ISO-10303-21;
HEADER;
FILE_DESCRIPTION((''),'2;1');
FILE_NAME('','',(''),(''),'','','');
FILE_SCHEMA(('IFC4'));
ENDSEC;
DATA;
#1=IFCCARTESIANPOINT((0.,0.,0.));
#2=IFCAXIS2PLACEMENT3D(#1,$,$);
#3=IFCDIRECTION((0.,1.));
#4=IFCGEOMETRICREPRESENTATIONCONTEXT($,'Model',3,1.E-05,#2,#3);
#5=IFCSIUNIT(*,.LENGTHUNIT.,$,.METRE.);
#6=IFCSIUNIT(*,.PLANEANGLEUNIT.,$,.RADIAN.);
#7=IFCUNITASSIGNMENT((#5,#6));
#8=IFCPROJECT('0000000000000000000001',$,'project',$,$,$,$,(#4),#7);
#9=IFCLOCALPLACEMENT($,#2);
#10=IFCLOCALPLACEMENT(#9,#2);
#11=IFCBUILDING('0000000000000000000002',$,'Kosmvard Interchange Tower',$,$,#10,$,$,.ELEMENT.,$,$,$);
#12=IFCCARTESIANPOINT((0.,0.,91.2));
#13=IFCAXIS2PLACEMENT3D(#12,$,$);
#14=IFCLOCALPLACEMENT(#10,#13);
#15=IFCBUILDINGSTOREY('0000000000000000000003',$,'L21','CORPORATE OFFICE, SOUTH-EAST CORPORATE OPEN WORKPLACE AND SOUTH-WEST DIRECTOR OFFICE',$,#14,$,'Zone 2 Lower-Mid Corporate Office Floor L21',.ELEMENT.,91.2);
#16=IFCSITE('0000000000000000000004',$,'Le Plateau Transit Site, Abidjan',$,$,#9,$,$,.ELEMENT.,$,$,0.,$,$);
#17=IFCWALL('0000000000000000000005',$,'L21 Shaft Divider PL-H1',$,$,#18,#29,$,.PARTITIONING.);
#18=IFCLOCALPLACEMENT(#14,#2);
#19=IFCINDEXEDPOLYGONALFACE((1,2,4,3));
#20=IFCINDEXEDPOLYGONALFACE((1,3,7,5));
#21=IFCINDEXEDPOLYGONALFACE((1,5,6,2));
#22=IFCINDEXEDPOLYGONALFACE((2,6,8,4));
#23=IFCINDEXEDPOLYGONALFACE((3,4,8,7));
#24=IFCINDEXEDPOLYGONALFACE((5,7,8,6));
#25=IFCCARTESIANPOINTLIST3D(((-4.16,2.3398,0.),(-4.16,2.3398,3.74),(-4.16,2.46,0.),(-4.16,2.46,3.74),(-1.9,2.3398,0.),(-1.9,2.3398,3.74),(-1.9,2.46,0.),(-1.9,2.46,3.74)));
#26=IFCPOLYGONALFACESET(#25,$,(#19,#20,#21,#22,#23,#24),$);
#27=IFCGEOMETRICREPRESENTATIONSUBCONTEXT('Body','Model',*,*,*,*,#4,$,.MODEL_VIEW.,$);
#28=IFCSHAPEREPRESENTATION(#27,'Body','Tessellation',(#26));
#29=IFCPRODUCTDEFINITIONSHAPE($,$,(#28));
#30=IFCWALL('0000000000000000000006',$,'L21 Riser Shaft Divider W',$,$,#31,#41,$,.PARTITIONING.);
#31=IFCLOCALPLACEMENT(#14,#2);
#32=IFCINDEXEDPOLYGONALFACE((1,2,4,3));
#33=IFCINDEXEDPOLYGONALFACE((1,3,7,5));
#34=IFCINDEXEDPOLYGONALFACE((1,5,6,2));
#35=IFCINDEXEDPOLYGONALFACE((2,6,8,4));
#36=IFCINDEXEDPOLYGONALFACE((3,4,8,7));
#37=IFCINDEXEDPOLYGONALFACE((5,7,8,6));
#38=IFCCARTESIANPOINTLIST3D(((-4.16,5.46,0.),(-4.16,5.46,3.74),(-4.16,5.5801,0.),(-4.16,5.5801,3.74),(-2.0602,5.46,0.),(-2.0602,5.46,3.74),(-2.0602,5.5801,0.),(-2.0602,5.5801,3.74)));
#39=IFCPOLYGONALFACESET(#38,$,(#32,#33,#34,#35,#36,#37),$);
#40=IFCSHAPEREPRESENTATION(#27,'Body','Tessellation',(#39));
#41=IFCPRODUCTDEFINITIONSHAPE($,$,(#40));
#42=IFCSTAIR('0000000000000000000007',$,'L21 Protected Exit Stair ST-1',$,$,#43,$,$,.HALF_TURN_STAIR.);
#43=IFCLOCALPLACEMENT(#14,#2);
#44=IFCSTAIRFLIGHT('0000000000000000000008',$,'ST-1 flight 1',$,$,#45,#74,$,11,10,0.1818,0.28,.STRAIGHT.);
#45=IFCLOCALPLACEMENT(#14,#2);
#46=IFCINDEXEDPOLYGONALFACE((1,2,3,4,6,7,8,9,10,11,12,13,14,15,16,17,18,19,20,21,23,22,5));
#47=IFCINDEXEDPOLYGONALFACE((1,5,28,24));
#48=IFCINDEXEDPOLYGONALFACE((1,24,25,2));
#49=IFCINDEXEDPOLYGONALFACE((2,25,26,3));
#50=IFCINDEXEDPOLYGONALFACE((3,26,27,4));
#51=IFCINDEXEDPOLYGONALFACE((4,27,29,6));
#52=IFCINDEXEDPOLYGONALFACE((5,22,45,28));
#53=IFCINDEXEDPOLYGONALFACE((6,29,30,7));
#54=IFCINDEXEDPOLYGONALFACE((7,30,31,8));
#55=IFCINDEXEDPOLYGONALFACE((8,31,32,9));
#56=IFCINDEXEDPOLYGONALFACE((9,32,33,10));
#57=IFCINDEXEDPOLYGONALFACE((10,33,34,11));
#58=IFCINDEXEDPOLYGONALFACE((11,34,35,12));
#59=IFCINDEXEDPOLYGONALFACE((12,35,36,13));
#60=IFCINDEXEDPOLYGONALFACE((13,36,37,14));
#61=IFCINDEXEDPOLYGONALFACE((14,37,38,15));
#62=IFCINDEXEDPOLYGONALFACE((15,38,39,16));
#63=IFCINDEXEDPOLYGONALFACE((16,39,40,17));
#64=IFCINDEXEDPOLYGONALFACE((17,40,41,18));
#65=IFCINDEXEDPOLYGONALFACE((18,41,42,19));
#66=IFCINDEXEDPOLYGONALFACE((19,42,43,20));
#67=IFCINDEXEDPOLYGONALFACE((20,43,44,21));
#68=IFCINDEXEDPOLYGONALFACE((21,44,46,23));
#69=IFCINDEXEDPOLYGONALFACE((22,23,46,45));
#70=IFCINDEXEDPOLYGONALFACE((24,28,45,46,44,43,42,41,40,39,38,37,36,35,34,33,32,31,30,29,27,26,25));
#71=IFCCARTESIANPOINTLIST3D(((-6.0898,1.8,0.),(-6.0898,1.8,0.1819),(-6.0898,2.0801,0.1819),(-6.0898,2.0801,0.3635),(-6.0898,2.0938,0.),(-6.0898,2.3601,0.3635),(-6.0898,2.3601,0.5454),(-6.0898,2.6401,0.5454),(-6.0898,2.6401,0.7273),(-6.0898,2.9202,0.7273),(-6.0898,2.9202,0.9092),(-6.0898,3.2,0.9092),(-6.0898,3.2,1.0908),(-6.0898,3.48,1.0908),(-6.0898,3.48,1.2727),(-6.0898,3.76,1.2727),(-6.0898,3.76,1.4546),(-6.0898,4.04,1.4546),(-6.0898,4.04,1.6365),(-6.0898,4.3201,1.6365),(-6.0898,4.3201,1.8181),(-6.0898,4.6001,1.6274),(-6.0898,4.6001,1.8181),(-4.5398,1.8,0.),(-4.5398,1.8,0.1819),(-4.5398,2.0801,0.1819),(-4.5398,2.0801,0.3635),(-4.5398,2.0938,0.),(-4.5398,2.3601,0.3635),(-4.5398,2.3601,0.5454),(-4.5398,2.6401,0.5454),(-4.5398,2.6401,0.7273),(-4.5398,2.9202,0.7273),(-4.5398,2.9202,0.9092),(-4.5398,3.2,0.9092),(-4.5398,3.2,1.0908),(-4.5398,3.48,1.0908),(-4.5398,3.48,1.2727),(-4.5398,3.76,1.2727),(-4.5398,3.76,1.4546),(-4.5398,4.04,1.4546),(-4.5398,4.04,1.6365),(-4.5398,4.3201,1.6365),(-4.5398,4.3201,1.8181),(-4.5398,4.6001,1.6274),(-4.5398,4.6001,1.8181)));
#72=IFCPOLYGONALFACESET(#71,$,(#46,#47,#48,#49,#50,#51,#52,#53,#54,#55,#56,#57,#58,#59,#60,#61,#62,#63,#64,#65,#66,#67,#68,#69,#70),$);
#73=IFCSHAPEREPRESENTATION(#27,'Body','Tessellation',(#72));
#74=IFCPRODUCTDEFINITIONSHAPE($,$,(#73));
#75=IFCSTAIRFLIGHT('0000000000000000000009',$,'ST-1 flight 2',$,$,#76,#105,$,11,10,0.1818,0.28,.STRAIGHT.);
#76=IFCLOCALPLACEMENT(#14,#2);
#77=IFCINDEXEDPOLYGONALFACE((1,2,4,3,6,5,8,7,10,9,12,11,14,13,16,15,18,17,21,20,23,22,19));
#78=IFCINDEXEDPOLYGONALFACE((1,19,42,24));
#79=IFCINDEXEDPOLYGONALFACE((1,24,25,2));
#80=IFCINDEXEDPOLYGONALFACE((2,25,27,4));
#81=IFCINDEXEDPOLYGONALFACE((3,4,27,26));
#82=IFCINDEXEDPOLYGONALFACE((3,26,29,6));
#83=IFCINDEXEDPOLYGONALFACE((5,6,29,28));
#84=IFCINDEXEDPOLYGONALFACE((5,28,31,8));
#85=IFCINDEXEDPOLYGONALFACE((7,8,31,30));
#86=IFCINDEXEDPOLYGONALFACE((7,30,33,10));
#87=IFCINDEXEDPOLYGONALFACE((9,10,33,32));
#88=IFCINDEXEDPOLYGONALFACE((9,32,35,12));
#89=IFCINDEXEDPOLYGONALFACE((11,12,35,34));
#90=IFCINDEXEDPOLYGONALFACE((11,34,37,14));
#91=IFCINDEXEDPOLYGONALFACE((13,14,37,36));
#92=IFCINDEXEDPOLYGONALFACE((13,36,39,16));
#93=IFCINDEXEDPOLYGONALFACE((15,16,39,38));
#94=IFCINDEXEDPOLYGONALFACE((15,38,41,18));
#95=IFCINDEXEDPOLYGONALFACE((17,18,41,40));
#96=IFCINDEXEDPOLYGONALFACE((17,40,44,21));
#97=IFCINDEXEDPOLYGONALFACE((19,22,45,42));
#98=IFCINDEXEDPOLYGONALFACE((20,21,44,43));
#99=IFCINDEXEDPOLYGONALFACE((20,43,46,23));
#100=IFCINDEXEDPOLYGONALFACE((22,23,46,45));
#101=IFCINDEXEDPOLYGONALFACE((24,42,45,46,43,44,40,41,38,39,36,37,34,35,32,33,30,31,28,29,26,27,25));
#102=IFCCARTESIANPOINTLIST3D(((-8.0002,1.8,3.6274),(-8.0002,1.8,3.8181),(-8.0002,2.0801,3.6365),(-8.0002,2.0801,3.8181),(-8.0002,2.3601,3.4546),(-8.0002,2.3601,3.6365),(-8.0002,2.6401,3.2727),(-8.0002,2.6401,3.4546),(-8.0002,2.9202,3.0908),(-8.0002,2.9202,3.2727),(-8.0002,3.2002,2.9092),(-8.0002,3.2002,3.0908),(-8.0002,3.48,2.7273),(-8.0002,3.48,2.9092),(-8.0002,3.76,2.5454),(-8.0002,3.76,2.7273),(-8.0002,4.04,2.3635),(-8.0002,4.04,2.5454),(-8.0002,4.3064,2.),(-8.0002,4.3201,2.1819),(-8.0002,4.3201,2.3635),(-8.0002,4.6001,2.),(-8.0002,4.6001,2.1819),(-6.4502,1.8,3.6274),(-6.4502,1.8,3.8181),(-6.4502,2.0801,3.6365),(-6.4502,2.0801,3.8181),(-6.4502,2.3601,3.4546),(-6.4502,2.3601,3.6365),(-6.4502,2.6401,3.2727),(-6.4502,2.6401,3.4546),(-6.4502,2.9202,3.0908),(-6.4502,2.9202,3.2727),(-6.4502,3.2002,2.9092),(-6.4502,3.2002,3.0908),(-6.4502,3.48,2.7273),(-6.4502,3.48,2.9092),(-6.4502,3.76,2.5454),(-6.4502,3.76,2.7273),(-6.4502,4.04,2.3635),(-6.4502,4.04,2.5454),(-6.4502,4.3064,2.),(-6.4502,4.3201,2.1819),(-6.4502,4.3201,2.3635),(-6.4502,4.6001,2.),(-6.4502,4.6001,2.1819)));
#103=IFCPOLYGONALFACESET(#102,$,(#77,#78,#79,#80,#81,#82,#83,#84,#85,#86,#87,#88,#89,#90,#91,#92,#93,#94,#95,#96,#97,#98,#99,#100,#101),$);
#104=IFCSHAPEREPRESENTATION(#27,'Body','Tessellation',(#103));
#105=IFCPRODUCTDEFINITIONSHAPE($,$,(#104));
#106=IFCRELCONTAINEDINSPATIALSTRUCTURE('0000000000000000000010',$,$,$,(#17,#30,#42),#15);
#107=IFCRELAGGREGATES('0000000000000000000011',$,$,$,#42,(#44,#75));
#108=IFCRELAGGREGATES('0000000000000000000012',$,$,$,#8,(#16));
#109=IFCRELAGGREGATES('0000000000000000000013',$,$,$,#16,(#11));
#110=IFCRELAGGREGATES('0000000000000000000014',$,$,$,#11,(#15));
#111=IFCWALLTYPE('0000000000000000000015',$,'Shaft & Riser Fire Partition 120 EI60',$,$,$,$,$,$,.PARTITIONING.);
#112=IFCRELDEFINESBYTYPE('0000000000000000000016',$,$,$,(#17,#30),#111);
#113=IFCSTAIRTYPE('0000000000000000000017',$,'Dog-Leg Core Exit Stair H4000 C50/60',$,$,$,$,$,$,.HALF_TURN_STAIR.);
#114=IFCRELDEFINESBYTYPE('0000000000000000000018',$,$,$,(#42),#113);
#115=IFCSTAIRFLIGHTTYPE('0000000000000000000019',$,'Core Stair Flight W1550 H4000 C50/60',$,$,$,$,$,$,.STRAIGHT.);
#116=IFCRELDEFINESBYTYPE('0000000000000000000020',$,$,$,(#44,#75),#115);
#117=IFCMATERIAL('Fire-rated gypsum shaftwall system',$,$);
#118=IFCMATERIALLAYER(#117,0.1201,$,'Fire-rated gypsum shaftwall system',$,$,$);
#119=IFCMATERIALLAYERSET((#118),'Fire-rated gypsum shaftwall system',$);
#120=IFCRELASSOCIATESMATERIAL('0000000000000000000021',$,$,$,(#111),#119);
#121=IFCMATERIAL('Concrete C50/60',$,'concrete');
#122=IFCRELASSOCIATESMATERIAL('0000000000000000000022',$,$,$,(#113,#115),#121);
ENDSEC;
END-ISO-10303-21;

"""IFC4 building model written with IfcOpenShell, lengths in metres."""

from ifc_helpers import new_model, si_unit, direction, frame, frame_2d, origin, place, context, subcontext, project, spatial, polyline, rectangle, outline, extrude, source, transform, mapped, material, layer, layer_set, type_object, element, aggregate, save


model = new_model("IFC4")

# Units and contexts
model_context = context("Model", 3, precision=1e-05, world=origin(), true_north=direction((0.0, 1.0)))
body_context = subcontext(model_context, "Body", "Model", "MODEL_VIEW")
ifc_project = project(units=[si_unit("LENGTHUNIT", "METRE"), si_unit("PLANEANGLEUNIT", "RADIAN")], contexts=[model_context])

# Site, building, storey
site_placement = place(None, origin())
site = spatial("IfcSite", under=ifc_project, at=site_placement, Name="Le Plateau Transit Site, Abidjan", CompositionType="ELEMENT", RefElevation=0.0)
building_placement = place(site_placement, origin())
building = spatial("IfcBuilding", under=site, at=building_placement, Name="Kosmvard Interchange Tower", CompositionType="ELEMENT")
storey_placement = place(building_placement, frame((0.0, 0.0, 91.2)))
storey = spatial("IfcBuildingStorey", under=building, at=storey_placement, Name="L21", Description="CORPORATE OFFICE, SOUTH-EAST CORPORATE OPEN WORKPLACE AND SOUTH-WEST DIRECTOR OFFICE", LongName="Zone 2 Lower-Mid Corporate Office Floor L21", CompositionType="ELEMENT", Elevation=91.2)

# Walls
ifc_material_1 = material(Name="Fire-rated gypsum shaftwall system")
ifc_layer_1 = layer(ifc_material_1, 0.1201, Name="Fire-rated gypsum shaftwall system")
ifc_layer_set_1 = layer_set([ifc_layer_1], Name="Fire-rated gypsum shaftwall system")
wall_type_1 = type_object("IfcWallType", Name="Shaft & Riser Fire Partition 120 EI60", PredefinedType="PARTITIONING", material=ifc_layer_set_1)
wall_1_placement = place(storey_placement, frame((-4.1599, 2.3999, 0.0), z_axis=(0.0, 0.0, 1.0), x_axis=(1.0, 0.0, 0.0)))
element("IfcWall", 1, at=wall_1_placement, inside=storey, type_object=wall_type_1, Name="L21 Shaft Divider PL-H1", PredefinedType="PARTITIONING", context=body_context, shape_type="SweptSolid", body=[
    extrude(rectangle(XDim=2.26, YDim=0.1201, at=frame_2d((1.1299, 0.0))), origin(), (0.0, 0.0, 1.0), 3.74),
])
wall_2_placement = place(storey_placement, frame((-4.1599, 5.52, 0.0), z_axis=(0.0, 0.0, 1.0), x_axis=(1.0, 0.0, 0.0)))
element("IfcWall", 2, at=wall_2_placement, inside=storey, type_object=wall_type_1, Name="L21 Riser Shaft Divider W", PredefinedType="PARTITIONING", context=body_context, shape_type="SweptSolid", body=[
    extrude(rectangle(XDim=2.0999, YDim=0.1201, at=frame_2d((1.0498, 0.0))), origin(), (0.0, 0.0, 1.0), 3.74),
])

# Stair, stair flights
ifc_material_2 = material(Name="Concrete C50/60", Category="concrete")
stair_type = type_object("IfcStairType", Name="Dog-Leg Core Exit Stair H4000 C50/60", PredefinedType="HALF_TURN_STAIR", material=ifc_material_2)
stair_placement = place(storey_placement, origin())
stair = element("IfcStair", 3, at=stair_placement, inside=storey, type_object=stair_type, Name="L21 Protected Exit Stair ST-1", PredefinedType="HALF_TURN_STAIR")
stair_flight_type = type_object("IfcStairFlightType", Name="Core Stair Flight W1550 H4000 C50/60", PredefinedType="STRAIGHT", material=ifc_material_2)
shared_shape_1 = source(origin(), body_context, "Body", "SweptSolid", [
    extrude(outline(polyline([(0.0, 0.0), (0.0, 0.1819), (0.28, 0.1819), (0.28, 0.3635), (0.5601, 0.3635), (0.5601, 0.5454), (0.8401, 0.5454), (0.8401, 0.7273), (1.1201, 0.7273), (1.1201, 0.9092), (1.3999, 0.9092), (1.3999, 1.0908), (1.6799, 1.0908), (1.6799, 1.2727), (1.96, 1.2727), (1.96, 1.4546), (2.24, 1.4546), (2.24, 1.6365), (2.52, 1.6365), (2.52, 1.8181), (2.8, 1.8181), (2.8, 2.0), (2.8, 1.6274), (0.2937, 0.0), (0.0, 0.0)])), frame((0.0, 0.7749, 0.0), z_axis=(0.0, -1.0, 0.0), x_axis=(1.0, 0.0, 0.0)), (0.0, 0.0, 1.0), 1.55),
])
stair_flight_1_placement = place(storey_placement, frame((-5.3149, 1.8, 0.0), z_axis=(0.0, 0.0, 1.0), x_axis=(0.0, 1.0, 0.0)))
stair_flight_1 = element("IfcStairFlight", 4, at=stair_flight_1_placement, type_object=stair_flight_type, Name="ST-1 flight 1", NumberOfRisers=11, NumberOfTreads=10, PredefinedType="STRAIGHT", RiserHeight=0.1818, TreadLength=0.28, context=body_context, shape_type="MappedRepresentation", body=[
    mapped(shared_shape_1, transform((0.0, 0.0, 0.0), scale=1.0)),
])
stair_flight_2_placement = place(storey_placement, frame((-7.2251, 4.6001, 2.0), z_axis=(0.0, 0.0, 1.0), x_axis=(0.0, -1.0, 0.0)))
stair_flight_2 = element("IfcStairFlight", 5, at=stair_flight_2_placement, type_object=stair_flight_type, Name="ST-1 flight 2", NumberOfRisers=11, NumberOfTreads=10, PredefinedType="STRAIGHT", RiserHeight=0.1818, TreadLength=0.28, context=body_context, shape_type="MappedRepresentation", body=[
    mapped(shared_shape_1, transform((0.0, 0.0, 0.0), scale=1.0)),
])
aggregate(stair, [stair_flight_1, stair_flight_2])

save(model, "model.ifc")
